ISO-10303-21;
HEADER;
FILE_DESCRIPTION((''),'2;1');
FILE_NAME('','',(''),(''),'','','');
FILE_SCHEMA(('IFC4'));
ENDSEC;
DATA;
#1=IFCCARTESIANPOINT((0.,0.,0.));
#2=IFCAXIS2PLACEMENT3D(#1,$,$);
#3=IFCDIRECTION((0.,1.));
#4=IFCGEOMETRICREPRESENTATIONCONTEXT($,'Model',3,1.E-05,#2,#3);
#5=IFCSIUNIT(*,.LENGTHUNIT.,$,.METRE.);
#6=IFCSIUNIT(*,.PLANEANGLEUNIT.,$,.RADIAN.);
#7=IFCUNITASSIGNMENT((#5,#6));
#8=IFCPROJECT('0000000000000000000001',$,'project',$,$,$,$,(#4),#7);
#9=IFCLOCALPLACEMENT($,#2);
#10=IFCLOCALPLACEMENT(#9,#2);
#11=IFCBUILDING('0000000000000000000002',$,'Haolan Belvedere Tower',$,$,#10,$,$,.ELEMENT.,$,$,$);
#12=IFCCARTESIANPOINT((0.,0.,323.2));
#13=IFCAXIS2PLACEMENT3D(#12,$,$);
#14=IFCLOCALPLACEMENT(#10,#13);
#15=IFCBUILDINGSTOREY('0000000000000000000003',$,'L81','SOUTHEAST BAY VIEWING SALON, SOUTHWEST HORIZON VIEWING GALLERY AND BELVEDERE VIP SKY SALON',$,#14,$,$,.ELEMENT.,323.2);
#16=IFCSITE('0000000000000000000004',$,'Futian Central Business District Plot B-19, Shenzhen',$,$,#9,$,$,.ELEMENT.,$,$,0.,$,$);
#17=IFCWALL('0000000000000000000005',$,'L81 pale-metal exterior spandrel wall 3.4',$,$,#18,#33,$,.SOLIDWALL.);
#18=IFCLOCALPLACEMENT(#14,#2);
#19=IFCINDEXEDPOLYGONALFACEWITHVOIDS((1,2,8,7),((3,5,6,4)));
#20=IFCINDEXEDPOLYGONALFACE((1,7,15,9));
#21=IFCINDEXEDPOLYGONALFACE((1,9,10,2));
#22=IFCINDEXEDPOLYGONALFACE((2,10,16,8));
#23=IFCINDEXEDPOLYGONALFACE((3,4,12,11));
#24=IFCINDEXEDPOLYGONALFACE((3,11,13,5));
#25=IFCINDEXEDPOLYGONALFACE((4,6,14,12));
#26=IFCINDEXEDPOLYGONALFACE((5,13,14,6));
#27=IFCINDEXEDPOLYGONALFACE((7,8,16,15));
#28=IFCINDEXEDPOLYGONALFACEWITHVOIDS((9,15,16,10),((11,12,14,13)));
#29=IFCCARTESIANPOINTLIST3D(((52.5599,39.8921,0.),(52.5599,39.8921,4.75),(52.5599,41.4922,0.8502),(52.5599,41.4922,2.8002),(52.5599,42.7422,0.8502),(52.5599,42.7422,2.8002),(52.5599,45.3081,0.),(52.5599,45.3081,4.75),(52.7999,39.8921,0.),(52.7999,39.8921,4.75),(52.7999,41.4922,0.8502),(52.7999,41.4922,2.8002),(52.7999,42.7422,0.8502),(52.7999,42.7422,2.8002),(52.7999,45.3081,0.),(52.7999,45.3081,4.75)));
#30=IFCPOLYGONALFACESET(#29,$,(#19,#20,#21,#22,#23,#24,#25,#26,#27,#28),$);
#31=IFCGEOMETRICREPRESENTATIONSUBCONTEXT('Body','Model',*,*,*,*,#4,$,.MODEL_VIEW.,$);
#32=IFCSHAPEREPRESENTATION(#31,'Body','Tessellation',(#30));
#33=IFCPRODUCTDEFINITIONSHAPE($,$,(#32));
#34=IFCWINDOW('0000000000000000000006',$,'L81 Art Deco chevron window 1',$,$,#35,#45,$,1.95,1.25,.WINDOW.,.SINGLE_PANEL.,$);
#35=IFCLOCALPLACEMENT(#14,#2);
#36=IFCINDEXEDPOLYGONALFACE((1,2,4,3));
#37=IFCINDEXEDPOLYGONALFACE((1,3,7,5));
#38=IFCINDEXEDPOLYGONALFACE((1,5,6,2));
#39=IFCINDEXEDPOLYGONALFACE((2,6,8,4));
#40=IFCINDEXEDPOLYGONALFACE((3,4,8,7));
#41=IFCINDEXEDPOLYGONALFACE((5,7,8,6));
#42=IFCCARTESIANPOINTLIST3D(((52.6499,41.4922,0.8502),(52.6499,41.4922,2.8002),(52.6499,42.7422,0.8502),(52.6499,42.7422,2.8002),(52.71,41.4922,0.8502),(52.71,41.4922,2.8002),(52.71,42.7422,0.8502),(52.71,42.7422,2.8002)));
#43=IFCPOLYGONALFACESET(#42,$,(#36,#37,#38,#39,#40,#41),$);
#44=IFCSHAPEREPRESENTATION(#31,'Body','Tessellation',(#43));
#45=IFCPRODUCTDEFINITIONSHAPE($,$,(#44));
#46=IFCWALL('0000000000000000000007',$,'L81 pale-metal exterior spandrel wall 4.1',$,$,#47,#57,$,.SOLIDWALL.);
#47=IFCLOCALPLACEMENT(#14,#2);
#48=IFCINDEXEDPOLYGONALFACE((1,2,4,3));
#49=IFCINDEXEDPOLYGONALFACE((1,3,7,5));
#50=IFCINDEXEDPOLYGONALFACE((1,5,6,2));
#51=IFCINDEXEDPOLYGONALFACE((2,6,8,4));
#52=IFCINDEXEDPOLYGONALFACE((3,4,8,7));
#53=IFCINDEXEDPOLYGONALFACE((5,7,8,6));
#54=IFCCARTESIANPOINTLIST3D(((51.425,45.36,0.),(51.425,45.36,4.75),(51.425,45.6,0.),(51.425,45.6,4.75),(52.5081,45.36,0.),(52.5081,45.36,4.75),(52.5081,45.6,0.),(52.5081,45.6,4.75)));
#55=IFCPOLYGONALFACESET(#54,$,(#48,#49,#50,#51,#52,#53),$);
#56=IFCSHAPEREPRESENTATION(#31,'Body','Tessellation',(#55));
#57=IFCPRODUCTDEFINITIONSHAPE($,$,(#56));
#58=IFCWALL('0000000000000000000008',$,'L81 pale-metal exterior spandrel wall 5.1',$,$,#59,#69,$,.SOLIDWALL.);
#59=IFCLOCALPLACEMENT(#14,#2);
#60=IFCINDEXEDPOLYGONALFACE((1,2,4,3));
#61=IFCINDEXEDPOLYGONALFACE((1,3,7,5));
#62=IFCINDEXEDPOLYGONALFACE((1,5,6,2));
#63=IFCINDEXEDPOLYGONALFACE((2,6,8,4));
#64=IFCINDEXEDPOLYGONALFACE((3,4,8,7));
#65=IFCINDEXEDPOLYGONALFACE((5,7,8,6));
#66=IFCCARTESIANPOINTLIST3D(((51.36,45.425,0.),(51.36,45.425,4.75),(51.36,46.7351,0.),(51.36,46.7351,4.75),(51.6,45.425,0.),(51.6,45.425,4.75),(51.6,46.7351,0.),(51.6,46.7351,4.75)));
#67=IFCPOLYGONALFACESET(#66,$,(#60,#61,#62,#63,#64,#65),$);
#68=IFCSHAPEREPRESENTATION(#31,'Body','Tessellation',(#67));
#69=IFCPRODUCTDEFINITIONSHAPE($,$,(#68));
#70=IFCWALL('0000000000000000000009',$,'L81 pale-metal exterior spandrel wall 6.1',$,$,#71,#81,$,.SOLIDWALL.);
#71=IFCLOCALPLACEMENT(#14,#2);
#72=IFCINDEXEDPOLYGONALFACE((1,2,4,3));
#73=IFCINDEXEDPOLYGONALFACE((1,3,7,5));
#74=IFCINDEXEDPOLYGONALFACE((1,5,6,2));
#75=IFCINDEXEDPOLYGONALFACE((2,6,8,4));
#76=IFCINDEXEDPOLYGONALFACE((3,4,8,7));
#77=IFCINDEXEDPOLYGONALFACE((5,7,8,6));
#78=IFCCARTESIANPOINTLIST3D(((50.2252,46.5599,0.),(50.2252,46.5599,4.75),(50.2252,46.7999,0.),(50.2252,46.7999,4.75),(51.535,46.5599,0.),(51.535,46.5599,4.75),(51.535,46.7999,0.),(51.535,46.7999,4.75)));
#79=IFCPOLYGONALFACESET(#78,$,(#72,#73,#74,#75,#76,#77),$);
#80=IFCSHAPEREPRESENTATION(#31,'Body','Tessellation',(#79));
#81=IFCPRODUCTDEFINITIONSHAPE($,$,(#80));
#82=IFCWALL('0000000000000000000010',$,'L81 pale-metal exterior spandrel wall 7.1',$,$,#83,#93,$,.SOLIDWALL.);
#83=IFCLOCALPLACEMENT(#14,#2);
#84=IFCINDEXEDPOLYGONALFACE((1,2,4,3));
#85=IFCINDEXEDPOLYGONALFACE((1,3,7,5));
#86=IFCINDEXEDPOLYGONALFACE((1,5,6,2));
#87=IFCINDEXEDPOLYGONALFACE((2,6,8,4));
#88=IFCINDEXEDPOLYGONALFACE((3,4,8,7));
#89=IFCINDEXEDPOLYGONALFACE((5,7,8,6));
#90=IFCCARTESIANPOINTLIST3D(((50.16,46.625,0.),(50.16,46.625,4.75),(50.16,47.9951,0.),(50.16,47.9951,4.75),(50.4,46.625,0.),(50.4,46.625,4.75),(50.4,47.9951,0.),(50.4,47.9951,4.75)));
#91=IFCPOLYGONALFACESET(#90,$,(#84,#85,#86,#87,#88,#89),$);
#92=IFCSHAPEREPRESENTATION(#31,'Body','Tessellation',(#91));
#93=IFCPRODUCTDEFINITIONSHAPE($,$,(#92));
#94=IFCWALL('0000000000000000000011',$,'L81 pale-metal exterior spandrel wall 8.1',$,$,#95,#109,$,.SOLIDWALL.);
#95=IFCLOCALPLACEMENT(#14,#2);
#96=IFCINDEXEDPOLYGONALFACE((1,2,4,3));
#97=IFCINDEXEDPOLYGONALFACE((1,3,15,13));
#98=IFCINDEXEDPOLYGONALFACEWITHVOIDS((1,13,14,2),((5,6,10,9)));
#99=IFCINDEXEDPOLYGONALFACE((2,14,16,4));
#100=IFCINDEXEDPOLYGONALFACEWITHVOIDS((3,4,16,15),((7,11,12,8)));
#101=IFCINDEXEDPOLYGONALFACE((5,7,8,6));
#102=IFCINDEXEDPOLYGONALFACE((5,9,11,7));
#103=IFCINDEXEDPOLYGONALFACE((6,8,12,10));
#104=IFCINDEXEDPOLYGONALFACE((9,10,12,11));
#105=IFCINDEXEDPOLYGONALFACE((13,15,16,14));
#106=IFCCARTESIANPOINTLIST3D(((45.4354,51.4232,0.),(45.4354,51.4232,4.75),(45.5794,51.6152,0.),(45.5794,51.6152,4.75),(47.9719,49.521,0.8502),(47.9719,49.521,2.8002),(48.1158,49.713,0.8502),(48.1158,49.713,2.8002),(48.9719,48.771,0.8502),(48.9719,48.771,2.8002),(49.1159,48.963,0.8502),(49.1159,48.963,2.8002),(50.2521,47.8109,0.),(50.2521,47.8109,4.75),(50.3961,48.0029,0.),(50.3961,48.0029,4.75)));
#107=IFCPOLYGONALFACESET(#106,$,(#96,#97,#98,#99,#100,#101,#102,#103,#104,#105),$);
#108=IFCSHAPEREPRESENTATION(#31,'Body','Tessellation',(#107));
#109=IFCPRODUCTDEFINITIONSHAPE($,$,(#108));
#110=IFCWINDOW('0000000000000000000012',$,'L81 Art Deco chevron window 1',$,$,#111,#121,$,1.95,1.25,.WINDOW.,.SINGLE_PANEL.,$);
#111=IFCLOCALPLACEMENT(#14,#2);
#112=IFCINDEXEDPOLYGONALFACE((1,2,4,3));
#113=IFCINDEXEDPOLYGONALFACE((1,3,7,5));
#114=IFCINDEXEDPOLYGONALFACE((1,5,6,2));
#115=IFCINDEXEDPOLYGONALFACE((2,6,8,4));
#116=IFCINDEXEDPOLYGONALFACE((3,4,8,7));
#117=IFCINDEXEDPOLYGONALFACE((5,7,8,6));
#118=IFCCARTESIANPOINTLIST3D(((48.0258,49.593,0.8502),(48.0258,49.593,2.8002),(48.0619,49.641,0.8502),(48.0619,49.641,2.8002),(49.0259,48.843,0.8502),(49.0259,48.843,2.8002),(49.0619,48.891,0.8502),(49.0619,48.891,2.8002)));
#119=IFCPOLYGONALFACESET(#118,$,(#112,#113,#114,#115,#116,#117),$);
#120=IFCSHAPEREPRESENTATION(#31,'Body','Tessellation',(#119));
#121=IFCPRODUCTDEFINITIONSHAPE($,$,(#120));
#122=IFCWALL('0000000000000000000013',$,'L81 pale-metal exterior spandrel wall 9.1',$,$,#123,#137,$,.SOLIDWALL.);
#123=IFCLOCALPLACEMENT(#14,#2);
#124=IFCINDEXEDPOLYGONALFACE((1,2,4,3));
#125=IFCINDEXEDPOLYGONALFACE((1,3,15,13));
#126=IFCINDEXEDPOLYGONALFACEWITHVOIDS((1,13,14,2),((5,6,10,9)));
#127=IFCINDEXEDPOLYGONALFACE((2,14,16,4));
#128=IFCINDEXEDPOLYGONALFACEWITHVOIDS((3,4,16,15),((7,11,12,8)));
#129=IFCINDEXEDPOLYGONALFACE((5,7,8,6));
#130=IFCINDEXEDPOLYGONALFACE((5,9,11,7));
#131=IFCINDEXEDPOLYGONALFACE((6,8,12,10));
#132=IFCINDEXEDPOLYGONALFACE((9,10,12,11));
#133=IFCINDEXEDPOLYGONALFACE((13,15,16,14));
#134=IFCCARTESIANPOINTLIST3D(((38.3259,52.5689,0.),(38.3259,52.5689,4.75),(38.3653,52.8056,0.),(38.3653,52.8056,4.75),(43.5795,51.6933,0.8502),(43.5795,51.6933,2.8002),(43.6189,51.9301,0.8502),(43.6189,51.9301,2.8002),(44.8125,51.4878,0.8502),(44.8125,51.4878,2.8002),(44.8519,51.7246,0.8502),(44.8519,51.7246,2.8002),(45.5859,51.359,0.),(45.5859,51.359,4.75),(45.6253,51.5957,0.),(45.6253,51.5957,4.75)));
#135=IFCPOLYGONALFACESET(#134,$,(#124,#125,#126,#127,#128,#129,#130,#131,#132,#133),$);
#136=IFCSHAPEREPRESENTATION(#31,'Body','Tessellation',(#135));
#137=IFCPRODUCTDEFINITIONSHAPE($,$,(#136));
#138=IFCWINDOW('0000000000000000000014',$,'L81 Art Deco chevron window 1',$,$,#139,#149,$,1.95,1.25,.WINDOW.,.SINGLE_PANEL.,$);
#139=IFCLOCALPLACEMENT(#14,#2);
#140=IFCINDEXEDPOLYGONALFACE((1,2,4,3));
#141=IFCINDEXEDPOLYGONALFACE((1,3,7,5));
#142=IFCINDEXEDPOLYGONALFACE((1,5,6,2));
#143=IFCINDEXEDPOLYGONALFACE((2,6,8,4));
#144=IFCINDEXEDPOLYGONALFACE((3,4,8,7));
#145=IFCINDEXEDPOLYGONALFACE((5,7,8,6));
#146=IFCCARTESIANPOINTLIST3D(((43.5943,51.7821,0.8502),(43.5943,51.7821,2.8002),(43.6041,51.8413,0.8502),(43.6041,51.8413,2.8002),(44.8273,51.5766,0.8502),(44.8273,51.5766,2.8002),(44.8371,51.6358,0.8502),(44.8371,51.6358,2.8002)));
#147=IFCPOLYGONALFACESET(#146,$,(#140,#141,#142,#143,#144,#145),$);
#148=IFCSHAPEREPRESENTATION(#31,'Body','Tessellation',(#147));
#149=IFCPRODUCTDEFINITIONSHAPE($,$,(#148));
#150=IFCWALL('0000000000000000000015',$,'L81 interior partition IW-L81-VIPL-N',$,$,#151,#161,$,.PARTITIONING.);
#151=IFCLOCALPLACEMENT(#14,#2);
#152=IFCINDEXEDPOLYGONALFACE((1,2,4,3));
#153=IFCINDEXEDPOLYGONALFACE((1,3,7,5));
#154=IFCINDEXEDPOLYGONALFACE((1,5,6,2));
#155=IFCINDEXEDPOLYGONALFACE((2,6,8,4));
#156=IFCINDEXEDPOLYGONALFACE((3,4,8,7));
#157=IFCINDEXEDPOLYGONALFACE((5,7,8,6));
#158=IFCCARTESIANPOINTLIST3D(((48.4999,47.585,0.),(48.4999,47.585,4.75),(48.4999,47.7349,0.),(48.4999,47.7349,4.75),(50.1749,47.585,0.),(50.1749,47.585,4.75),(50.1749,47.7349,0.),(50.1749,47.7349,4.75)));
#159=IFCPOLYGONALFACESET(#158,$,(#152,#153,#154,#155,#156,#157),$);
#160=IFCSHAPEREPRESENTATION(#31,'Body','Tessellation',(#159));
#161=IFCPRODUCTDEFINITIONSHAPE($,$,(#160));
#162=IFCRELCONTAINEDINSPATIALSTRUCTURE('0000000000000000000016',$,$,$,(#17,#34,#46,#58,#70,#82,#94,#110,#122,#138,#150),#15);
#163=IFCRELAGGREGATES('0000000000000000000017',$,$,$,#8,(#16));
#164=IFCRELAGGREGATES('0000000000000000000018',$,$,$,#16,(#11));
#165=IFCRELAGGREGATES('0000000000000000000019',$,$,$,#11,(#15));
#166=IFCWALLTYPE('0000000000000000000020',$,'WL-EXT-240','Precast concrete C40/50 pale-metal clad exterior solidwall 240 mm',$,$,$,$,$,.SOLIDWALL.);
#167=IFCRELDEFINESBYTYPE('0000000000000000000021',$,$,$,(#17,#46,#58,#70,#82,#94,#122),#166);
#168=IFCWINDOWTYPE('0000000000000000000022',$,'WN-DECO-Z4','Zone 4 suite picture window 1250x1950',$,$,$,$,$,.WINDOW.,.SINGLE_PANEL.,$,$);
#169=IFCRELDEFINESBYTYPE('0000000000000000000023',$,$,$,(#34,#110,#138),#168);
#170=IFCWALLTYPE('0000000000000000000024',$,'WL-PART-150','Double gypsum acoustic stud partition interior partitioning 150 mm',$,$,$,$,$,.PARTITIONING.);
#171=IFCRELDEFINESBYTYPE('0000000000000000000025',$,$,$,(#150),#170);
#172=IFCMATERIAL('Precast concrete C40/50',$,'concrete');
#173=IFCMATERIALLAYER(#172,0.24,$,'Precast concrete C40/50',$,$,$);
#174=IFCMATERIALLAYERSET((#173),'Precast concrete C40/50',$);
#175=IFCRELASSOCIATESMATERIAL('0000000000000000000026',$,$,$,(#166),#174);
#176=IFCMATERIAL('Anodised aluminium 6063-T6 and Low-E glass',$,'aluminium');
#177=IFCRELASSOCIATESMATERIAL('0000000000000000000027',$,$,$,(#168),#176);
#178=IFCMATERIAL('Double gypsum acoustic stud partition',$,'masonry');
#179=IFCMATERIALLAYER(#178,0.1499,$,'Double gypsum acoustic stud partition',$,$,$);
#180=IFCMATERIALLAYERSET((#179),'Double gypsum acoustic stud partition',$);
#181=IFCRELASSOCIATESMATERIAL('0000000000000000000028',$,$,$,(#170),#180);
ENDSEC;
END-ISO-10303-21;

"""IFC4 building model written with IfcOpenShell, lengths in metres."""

from ifc_helpers import new_model, si_unit, direction, frame, frame_2d, origin, place, context, subcontext, project, spatial, rectangle, extrude, material, layer, layer_set, type_object, element, fill, save


model = new_model("IFC4")

# Units and contexts
model_context = context("Model", 3, precision=1e-05, world=origin(), true_north=direction((0.0, 1.0)))
body_context = subcontext(model_context, "Body", "Model", "MODEL_VIEW")
ifc_project = project(units=[si_unit("LENGTHUNIT", "METRE"), si_unit("PLANEANGLEUNIT", "RADIAN")], contexts=[model_context])

# Site, building, storey
site_placement = place(None, origin())
site = spatial("IfcSite", under=ifc_project, at=site_placement, Name="Futian Central Business District Plot B-19, Shenzhen", CompositionType="ELEMENT", RefElevation=0.0)
building_placement = place(site_placement, origin())
building = spatial("IfcBuilding", under=site, at=building_placement, Name="Haolan Belvedere Tower", CompositionType="ELEMENT")
storey_placement = place(building_placement, frame((0.0, 0.0, 323.2)))
storey = spatial("IfcBuildingStorey", under=building, at=storey_placement, Name="L81", Description="SOUTHEAST BAY VIEWING SALON, SOUTHWEST HORIZON VIEWING GALLERY AND BELVEDERE VIP SKY SALON", CompositionType="ELEMENT", Elevation=323.2)

# Wall, opening, window
ifc_material_1 = material(Name="Precast concrete C40/50", Category="concrete")
ifc_layer_1 = layer(ifc_material_1, 0.24, Name="Precast concrete C40/50")
ifc_layer_set_1 = layer_set([ifc_layer_1], Name="Precast concrete C40/50")
wall_type_1 = type_object("IfcWallType", Name="WL-EXT-240", Description="Precast concrete C40/50 pale-metal clad exterior solidwall 240 mm", PredefinedType="SOLIDWALL", material=ifc_layer_set_1)
wall_1_placement = place(storey_placement, frame((52.6799, 39.8921, 0.0), z_axis=(0.0, 0.0, 1.0), x_axis=(0.0, 1.0, 0.0)))
wall_1 = element("IfcWall", 1, at=wall_1_placement, inside=storey, type_object=wall_type_1, Name="L81 pale-metal exterior spandrel wall 3.4", PredefinedType="SOLIDWALL", context=body_context, shape_type="SweptSolid", body=[
    extrude(rectangle(XDim=5.416, YDim=0.24, at=frame_2d((2.708, 0.0))), origin(), (0.0, 0.0, 1.0), 4.75),
])
opening_1_placement = place(wall_1_placement, frame((1.6001, 0.0, 0.8501)))
opening_1 = element("IfcOpeningElement", 2, at=opening_1_placement, cuts=wall_1, PredefinedType="OPENING", context=body_context, shape_type="SweptSolid", body=[
    extrude(rectangle(XDim=1.25, YDim=1.95, at=frame_2d((0.625, 0.9751))), frame((0.0, 0.1299, 0.0), z_axis=(0.0, -1.0, 0.0), x_axis=(1.0, 0.0, 0.0)), (0.0, 0.0, 1.0), 0.26),
])
ifc_material_2 = material(Name="Anodised aluminium 6063-T6 and Low-E glass", Category="aluminium")
window_type = type_object("IfcWindowType", Name="WN-DECO-Z4", Description="Zone 4 suite picture window 1250x1950", PartitioningType="SINGLE_PANEL", PredefinedType="WINDOW", material=ifc_material_2)
window_1_placement = place(opening_1_placement, origin())
window_1 = element("IfcWindow", 3, at=window_1_placement, inside=storey, type_object=window_type, Name="L81 Art Deco chevron window 1", OverallHeight=1.95, OverallWidth=1.25, PartitioningType="SINGLE_PANEL", PredefinedType="WINDOW", context=body_context, shape_type="SweptSolid", body=[
    extrude(rectangle(XDim=1.25, YDim=1.95, at=frame_2d((0.625, 0.9751))), frame((0.0, 0.03, 0.0), z_axis=(0.0, -1.0, 0.0), x_axis=(1.0, 0.0, 0.0)), (0.0, 0.0, 1.0), 0.0601),
])
fill(opening_1, window_1)

# Walls
wall_2_placement = place(storey_placement, frame((52.5081, 45.48, 0.0), z_axis=(0.0, 0.0, 1.0), x_axis=(-1.0, 0.0, 0.0)))
element("IfcWall", 4, at=wall_2_placement, inside=storey, type_object=wall_type_1, Name="L81 pale-metal exterior spandrel wall 4.1", PredefinedType="SOLIDWALL", context=body_context, shape_type="SweptSolid", body=[
    extrude(rectangle(XDim=1.083, YDim=0.24, at=frame_2d((0.5415, 0.0))), origin(), (0.0, 0.0, 1.0), 4.75),
])
wall_3_placement = place(storey_placement, frame((51.48, 45.425, 0.0), z_axis=(0.0, 0.0, 1.0), x_axis=(0.0, 1.0, 0.0)))
element("IfcWall", 5, at=wall_3_placement, inside=storey, type_object=wall_type_1, Name="L81 pale-metal exterior spandrel wall 5.1", PredefinedType="SOLIDWALL", context=body_context, shape_type="SweptSolid", body=[
    extrude(rectangle(XDim=1.3101, YDim=0.24, at=frame_2d((0.655, 0.0))), origin(), (0.0, 0.0, 1.0), 4.75),
])
wall_4_placement = place(storey_placement, frame((51.5349, 46.6799, 0.0), z_axis=(0.0, 0.0, 1.0), x_axis=(-1.0, 0.0, 0.0)))
element("IfcWall", 6, at=wall_4_placement, inside=storey, type_object=wall_type_1, Name="L81 pale-metal exterior spandrel wall 6.1", PredefinedType="SOLIDWALL", context=body_context, shape_type="SweptSolid", body=[
    extrude(rectangle(XDim=1.3098, YDim=0.24, at=frame_2d((0.6548, 0.0))), origin(), (0.0, 0.0, 1.0), 4.75),
])
wall_5_placement = place(storey_placement, frame((50.28, 46.625, 0.0), z_axis=(0.0, 0.0, 1.0), x_axis=(0.0, 1.0, 0.0)))
element("IfcWall", 7, at=wall_5_placement, inside=storey, type_object=wall_type_1, Name="L81 pale-metal exterior spandrel wall 7.1", PredefinedType="SOLIDWALL", context=body_context, shape_type="SweptSolid", body=[
    extrude(rectangle(XDim=1.3701, YDim=0.24, at=frame_2d((0.6851, 0.0))), origin(), (0.0, 0.0, 1.0), 4.75),
])

# Walls, openings, windows
wall_6_placement = place(storey_placement, frame((50.324, 47.907, 0.0), z_axis=(0.0, 0.0, 1.0), x_axis=(-0.800015, 0.599981, 0.0)))
wall_6 = element("IfcWall", 8, at=wall_6_placement, inside=storey, type_object=wall_type_1, Name="L81 pale-metal exterior spandrel wall 8.1", PredefinedType="SOLIDWALL", context=body_context, shape_type="SweptSolid", body=[
    extrude(rectangle(XDim=6.0208, YDim=0.24, at=frame_2d((3.0103, 0.0))), origin(), (0.0, 0.0, 1.0), 4.75),
])
opening_2_placement = place(wall_6_placement, frame((1.6001, 0.0, 0.8501)))
opening_2 = element("IfcOpeningElement", 9, at=opening_2_placement, cuts=wall_6, PredefinedType="OPENING", context=body_context, shape_type="SweptSolid", body=[
    extrude(rectangle(XDim=1.25, YDim=1.95, at=frame_2d((0.625, 0.9751))), frame((0.0, 0.1299, 0.0), z_axis=(0.0, -1.0, 0.0), x_axis=(1.0, 0.0, 0.0)), (0.0, 0.0, 1.0), 0.26),
])
window_2_placement = place(opening_2_placement, origin())
window_2 = element("IfcWindow", 10, at=window_2_placement, inside=storey, type_object=window_type, Name="L81 Art Deco chevron window 1", OverallHeight=1.95, OverallWidth=1.25, PartitioningType="SINGLE_PANEL", PredefinedType="WINDOW", context=body_context, shape_type="SweptSolid", body=[
    extrude(rectangle(XDim=1.25, YDim=1.95, at=frame_2d((0.625, 0.9751))), frame((0.0, 0.03, 0.0), z_axis=(0.0, -1.0, 0.0), x_axis=(1.0, 0.0, 0.0)), (0.0, 0.0, 1.0), 0.0601),
])
fill(opening_2, window_2)
wall_7_placement = place(storey_placement, frame((45.6057, 51.4773, 0.0), z_axis=(0.0, 0.0, 1.0), x_axis=(-0.986395, 0.164394, 0.0)))
wall_7 = element("IfcWall", 11, at=wall_7_placement, inside=storey, type_object=wall_type_1, Name="L81 pale-metal exterior spandrel wall 9.1", PredefinedType="SOLIDWALL", context=body_context, shape_type="SweptSolid", body=[
    extrude(rectangle(XDim=7.3601, YDim=0.24, at=frame_2d((3.6802, 0.0))), origin(), (0.0, 0.0, 1.0), 4.75),
])
opening_3_placement = place(wall_7_placement, frame((0.7842, 0.0, 0.8501)))
opening_3 = element("IfcOpeningElement", 12, at=opening_3_placement, cuts=wall_7, PredefinedType="OPENING", context=body_context, shape_type="SweptSolid", body=[
    extrude(rectangle(XDim=1.25, YDim=1.95, at=frame_2d((0.625, 0.9751))), frame((0.0, 0.1299, 0.0), z_axis=(0.0, -1.0, 0.0), x_axis=(1.0, 0.0, 0.0)), (0.0, 0.0, 1.0), 0.26),
])
window_3_placement = place(opening_3_placement, origin())
window_3 = element("IfcWindow", 13, at=window_3_placement, inside=storey, type_object=window_type, Name="L81 Art Deco chevron window 1", OverallHeight=1.95, OverallWidth=1.25, PartitioningType="SINGLE_PANEL", PredefinedType="WINDOW", context=body_context, shape_type="SweptSolid", body=[
    extrude(rectangle(XDim=1.25, YDim=1.95, at=frame_2d((0.625, 0.9751))), frame((0.0, 0.03, 0.0), z_axis=(0.0, -1.0, 0.0), x_axis=(1.0, 0.0, 0.0)), (0.0, 0.0, 1.0), 0.0601),
])
fill(opening_3, window_3)

# Wall
ifc_material_3 = material(Name="Double gypsum acoustic stud partition", Category="masonry")
ifc_layer_2 = layer(ifc_material_3, 0.1499, Name="Double gypsum acoustic stud partition")
ifc_layer_set_2 = layer_set([ifc_layer_2], Name="Double gypsum acoustic stud partition")
wall_type_2 = type_object("IfcWallType", Name="WL-PART-150", Description="Double gypsum acoustic stud partition interior partitioning 150 mm", PredefinedType="PARTITIONING", material=ifc_layer_set_2)
wall_8_placement = place(storey_placement, frame((48.5, 47.6599, 0.0), z_axis=(0.0, 0.0, 1.0), x_axis=(1.0, 0.0, 0.0)))
element("IfcWall", 14, at=wall_8_placement, inside=storey, type_object=wall_type_2, Name="L81 interior partition IW-L81-VIPL-N", PredefinedType="PARTITIONING", context=body_context, shape_type="SweptSolid", body=[
    extrude(rectangle(XDim=1.675, YDim=0.1499, at=frame_2d((0.8374, 0.0))), origin(), (0.0, 0.0, 1.0), 4.75),
])

save(model, "model.ifc")
